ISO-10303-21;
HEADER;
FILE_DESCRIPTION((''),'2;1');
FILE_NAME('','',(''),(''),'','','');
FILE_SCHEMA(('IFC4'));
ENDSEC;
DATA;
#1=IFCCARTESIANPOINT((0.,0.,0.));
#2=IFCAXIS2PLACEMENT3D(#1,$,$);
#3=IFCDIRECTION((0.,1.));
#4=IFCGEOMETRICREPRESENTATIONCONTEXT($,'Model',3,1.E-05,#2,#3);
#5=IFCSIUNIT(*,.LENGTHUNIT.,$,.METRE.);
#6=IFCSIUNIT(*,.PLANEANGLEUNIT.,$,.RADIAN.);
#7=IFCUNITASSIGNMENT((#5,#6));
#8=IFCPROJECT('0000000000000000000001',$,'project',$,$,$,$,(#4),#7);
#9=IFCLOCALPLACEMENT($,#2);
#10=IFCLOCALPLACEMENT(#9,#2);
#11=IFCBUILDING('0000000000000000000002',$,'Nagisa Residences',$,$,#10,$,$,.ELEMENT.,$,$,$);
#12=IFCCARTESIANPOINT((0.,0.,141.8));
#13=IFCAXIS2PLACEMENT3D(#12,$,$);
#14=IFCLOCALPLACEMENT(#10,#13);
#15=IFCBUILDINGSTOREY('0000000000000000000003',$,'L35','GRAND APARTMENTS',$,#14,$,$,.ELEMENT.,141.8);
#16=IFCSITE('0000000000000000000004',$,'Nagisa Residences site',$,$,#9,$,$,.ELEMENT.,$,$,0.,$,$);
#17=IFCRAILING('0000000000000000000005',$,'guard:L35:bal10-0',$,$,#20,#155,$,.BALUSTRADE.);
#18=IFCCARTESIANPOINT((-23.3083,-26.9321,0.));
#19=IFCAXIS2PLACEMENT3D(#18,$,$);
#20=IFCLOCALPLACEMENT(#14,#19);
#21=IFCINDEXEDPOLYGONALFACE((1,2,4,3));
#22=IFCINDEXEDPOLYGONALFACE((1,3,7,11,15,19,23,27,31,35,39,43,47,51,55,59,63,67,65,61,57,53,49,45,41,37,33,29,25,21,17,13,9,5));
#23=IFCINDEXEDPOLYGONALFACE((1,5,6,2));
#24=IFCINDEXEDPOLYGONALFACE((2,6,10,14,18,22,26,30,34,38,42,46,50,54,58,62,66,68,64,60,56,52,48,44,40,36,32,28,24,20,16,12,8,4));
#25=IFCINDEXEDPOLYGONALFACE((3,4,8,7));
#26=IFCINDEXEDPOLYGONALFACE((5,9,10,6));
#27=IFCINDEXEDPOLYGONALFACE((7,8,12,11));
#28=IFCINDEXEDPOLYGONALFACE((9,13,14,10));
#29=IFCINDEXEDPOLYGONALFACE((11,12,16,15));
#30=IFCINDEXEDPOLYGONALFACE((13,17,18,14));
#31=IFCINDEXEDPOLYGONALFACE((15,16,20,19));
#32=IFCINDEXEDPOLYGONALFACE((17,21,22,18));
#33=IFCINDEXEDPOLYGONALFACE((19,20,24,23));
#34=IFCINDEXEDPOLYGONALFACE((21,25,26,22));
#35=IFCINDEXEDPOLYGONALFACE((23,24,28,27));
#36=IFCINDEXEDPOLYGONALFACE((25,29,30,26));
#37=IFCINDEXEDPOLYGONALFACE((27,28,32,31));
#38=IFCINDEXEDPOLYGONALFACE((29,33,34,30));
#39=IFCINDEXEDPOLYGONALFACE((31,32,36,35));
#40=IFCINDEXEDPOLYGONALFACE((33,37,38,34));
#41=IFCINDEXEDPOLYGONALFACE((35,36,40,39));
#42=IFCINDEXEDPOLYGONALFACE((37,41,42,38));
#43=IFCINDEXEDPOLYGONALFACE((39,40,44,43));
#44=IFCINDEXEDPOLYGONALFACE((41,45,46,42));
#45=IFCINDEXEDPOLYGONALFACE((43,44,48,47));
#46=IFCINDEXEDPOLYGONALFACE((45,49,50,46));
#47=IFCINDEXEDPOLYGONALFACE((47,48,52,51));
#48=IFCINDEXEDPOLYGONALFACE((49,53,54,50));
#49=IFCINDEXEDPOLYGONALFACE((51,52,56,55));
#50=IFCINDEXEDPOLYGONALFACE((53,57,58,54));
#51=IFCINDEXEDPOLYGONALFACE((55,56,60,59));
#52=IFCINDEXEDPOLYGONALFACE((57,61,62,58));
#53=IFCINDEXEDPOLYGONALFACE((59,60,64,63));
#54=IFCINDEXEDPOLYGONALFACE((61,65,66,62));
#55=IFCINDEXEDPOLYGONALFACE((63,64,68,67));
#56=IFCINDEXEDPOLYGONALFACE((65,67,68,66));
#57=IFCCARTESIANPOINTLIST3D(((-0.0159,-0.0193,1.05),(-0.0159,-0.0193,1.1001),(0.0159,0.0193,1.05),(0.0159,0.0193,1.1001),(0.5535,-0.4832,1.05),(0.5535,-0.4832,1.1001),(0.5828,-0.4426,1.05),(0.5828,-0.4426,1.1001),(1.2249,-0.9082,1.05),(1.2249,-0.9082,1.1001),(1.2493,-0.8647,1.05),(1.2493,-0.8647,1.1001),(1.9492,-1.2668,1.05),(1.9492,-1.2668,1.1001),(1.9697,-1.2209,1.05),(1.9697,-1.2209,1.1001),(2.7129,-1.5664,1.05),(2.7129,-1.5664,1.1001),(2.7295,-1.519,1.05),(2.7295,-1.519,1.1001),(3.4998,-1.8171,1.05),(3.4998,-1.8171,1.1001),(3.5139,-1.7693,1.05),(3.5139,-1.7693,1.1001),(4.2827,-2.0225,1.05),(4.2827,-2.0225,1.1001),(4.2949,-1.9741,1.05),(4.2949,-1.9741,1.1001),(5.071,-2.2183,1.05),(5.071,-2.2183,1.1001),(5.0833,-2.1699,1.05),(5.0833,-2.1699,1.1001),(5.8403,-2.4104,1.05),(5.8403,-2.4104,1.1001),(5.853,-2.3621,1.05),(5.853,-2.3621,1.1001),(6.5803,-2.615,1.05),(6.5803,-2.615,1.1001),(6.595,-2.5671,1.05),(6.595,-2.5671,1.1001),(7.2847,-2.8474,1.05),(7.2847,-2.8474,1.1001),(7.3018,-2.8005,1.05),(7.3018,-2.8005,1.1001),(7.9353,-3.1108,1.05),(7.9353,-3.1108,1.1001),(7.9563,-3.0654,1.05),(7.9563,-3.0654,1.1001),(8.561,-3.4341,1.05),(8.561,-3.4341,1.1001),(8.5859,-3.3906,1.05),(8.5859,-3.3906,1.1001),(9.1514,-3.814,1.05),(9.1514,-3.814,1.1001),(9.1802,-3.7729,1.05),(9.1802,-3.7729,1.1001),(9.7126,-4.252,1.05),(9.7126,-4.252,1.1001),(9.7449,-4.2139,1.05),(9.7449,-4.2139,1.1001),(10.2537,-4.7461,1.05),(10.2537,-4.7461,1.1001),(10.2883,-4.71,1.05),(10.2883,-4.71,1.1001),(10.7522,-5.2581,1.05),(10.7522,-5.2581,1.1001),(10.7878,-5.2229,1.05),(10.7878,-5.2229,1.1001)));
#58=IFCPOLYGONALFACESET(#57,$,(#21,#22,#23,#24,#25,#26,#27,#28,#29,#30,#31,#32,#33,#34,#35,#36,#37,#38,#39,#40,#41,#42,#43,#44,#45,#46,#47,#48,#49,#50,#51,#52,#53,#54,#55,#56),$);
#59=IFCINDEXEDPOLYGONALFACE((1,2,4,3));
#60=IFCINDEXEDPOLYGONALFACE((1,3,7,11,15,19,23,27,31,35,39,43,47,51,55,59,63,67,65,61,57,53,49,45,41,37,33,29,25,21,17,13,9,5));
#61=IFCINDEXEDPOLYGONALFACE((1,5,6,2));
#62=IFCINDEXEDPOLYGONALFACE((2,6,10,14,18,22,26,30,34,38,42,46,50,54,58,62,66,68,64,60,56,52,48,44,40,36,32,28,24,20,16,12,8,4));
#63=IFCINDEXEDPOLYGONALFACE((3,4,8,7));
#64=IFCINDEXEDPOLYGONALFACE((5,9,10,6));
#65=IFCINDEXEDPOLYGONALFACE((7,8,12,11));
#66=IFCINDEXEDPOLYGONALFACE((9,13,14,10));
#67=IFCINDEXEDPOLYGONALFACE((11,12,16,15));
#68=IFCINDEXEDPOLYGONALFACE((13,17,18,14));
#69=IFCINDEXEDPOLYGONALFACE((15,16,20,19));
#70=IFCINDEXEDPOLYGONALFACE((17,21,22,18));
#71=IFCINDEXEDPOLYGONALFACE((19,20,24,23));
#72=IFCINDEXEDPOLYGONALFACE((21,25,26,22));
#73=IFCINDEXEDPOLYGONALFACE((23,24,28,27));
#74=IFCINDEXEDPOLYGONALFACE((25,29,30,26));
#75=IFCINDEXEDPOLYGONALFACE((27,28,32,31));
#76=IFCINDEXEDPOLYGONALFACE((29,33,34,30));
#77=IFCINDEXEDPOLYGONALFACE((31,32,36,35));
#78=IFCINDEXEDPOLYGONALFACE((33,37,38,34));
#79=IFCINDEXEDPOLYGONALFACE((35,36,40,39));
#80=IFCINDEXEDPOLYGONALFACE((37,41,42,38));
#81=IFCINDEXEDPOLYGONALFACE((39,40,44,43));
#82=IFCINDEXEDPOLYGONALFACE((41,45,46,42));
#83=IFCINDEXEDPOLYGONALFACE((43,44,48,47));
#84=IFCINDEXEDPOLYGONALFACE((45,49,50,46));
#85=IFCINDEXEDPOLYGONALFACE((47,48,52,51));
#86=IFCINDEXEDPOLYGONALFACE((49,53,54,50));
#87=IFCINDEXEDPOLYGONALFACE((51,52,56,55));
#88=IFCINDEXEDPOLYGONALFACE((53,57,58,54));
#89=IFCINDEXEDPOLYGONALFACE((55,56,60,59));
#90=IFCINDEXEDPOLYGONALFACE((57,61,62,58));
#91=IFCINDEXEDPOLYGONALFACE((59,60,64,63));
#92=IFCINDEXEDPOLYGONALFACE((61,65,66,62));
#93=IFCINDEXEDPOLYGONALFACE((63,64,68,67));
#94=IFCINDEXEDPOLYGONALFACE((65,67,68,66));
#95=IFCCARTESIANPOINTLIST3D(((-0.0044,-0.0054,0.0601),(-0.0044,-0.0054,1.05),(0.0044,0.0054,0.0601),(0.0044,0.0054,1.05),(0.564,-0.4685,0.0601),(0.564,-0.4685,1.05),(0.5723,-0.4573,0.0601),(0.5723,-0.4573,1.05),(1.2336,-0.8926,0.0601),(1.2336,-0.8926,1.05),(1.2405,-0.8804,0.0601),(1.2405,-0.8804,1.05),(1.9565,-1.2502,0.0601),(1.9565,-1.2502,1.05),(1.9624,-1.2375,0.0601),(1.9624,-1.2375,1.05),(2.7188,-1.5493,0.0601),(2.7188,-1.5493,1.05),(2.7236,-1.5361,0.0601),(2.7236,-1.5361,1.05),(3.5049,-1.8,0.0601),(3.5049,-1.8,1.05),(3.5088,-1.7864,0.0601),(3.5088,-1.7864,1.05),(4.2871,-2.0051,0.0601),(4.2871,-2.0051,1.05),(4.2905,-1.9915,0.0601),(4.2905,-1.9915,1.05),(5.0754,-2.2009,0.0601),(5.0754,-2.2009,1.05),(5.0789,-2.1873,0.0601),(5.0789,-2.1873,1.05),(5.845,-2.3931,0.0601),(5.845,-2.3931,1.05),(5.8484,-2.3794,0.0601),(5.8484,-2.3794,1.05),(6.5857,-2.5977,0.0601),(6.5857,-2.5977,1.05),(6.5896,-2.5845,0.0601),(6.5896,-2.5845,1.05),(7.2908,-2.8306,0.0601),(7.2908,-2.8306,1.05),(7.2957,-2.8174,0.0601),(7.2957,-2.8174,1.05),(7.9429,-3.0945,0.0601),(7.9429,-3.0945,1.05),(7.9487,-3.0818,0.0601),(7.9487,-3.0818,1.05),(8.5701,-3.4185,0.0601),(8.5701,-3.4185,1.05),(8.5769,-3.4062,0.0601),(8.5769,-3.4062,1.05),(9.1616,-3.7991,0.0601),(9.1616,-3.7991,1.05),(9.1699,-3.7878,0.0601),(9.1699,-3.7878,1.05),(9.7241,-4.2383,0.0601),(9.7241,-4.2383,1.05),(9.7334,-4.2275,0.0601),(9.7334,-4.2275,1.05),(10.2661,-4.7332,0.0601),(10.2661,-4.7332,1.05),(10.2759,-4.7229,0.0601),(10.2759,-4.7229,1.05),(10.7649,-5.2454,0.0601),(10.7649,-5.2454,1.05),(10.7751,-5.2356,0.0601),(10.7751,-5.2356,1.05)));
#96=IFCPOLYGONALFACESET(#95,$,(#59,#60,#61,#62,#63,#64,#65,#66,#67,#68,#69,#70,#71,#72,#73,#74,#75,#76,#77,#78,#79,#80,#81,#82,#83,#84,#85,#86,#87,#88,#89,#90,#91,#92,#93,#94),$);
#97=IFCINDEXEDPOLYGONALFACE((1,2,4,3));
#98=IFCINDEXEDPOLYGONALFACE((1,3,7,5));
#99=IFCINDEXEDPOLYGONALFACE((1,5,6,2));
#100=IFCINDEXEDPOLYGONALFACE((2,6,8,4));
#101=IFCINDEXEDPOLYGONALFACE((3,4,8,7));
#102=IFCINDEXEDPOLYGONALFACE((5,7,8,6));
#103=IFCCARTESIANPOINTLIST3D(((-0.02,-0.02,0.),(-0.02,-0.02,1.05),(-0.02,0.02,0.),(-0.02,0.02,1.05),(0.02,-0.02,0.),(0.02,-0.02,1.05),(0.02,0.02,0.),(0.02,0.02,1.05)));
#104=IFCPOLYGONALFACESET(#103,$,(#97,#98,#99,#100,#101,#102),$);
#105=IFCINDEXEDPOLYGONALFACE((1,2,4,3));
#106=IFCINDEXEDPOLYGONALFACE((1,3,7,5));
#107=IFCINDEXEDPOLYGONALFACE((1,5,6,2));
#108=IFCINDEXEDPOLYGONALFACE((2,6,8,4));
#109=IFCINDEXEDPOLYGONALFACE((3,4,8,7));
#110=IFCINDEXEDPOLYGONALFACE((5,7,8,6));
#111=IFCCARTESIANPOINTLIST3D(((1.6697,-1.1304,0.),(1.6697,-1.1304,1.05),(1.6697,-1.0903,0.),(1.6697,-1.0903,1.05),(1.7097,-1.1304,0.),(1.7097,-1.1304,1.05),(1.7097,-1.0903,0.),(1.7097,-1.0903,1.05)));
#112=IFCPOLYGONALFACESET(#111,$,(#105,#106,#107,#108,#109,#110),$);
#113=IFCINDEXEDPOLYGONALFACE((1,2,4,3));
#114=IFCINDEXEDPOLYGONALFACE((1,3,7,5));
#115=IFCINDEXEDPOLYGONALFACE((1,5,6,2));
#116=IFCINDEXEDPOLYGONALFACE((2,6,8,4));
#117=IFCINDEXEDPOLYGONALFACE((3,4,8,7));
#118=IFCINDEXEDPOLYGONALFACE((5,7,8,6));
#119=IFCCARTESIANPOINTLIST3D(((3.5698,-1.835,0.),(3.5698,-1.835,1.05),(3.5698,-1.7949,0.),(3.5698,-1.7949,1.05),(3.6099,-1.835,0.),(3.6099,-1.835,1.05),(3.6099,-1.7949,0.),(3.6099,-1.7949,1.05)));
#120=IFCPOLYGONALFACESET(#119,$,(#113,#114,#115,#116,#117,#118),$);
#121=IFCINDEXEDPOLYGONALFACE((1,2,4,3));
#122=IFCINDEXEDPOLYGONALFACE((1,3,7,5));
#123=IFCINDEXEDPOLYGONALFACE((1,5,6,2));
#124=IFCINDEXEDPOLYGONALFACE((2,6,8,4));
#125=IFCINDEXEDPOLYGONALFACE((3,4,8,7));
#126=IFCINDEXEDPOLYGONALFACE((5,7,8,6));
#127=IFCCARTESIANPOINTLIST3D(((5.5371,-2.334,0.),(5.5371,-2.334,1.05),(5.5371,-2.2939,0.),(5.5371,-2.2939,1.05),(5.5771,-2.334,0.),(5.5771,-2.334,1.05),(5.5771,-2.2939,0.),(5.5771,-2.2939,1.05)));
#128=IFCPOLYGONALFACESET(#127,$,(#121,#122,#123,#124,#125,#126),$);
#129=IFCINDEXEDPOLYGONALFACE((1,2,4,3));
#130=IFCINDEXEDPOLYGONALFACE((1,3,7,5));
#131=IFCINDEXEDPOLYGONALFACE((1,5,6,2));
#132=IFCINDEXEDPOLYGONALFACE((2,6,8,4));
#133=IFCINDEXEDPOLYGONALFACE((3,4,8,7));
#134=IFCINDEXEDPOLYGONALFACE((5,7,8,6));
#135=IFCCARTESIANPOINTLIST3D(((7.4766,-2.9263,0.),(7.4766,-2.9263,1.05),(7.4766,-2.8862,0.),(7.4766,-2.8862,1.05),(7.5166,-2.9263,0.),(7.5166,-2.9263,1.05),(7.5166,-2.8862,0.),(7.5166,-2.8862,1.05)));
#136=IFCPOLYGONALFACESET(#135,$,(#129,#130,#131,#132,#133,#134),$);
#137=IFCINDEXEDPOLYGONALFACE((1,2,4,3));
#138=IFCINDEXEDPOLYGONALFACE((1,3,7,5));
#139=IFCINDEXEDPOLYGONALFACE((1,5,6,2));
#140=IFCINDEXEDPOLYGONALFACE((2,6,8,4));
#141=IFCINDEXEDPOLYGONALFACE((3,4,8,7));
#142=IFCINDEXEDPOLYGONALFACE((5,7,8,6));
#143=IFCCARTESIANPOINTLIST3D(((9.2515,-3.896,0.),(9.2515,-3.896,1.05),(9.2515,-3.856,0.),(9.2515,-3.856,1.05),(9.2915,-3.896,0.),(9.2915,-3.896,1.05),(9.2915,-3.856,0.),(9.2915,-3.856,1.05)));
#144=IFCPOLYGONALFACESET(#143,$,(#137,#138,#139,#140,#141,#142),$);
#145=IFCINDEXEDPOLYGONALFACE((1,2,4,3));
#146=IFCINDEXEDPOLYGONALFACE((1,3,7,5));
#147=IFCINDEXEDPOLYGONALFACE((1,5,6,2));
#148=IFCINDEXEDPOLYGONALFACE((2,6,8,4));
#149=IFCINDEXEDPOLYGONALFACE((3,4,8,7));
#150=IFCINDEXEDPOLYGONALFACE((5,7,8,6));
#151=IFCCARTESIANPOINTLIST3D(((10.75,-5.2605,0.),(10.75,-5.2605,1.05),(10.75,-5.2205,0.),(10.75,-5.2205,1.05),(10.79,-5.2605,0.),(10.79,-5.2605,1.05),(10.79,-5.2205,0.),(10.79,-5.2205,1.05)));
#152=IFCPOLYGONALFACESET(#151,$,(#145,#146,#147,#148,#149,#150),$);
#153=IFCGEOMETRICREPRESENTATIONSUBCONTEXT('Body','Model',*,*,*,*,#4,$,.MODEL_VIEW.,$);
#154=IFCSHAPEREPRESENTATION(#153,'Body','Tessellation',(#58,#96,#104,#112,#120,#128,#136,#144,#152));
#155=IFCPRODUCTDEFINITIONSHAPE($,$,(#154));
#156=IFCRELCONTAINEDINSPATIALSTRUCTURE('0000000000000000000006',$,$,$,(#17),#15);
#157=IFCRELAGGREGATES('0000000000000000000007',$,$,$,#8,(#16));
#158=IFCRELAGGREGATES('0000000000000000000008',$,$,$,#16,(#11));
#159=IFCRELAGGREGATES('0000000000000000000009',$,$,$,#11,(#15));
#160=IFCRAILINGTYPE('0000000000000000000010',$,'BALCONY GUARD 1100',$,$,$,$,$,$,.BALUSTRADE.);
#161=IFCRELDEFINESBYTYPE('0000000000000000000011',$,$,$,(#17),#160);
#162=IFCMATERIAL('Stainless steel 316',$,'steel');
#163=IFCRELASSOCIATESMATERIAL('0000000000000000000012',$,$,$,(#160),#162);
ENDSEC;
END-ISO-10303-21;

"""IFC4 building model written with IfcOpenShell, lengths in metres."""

from ifc_helpers import new_model, si_unit, direction, frame, origin, origin_2d, place, context, subcontext, project, spatial, polyline, rectangle, outline, extrude, material, type_object, element, save


model = new_model("IFC4")

# Units and contexts
model_context = context("Model", 3, precision=1e-05, world=origin(), true_north=direction((0.0, 1.0)))
body_context = subcontext(model_context, "Body", "Model", "MODEL_VIEW")
ifc_project = project(units=[si_unit("LENGTHUNIT", "METRE"), si_unit("PLANEANGLEUNIT", "RADIAN")], contexts=[model_context])

# Site, building, storey
site_placement = place(None, origin())
site = spatial("IfcSite", under=ifc_project, at=site_placement, Name="Nagisa Residences site", CompositionType="ELEMENT", RefElevation=0.0)
building_placement = place(site_placement, origin())
building = spatial("IfcBuilding", under=site, at=building_placement, Name="Nagisa Residences", CompositionType="ELEMENT")
storey_placement = place(building_placement, frame((0.0, 0.0, 141.8)))
storey = spatial("IfcBuildingStorey", under=building, at=storey_placement, Name="L35", Description="GRAND APARTMENTS", CompositionType="ELEMENT", Elevation=141.8)

# Railing
ifc_material_1 = material(Name="Stainless steel 316", Category="steel")
railing_type = type_object("IfcRailingType", Name="BALCONY GUARD 1100", PredefinedType="BALUSTRADE", material=ifc_material_1)
railing_1_placement = place(storey_placement, frame((-23.3083, -26.9321, 0.0)))
element("IfcRailing", 1, at=railing_1_placement, inside=storey, type_object=railing_type, Name="guard:L35:bal10-0", PredefinedType="BALUSTRADE", context=body_context, shape_type="SweptSolid", body=[
    extrude(outline(polyline([(0.5828, -0.4426), (0.0159, 0.0193), (-0.0159, -0.0193), (0.5535, -0.4832), (1.2249, -0.9082), (1.9492, -1.2668), (2.7129, -1.5664), (3.4998, -1.8171), (4.2827, -2.0225), (5.071, -2.2183), (5.8403, -2.4104), (6.5803, -2.615), (7.2847, -2.8474), (7.9353, -3.1108), (8.561, -3.4341), (9.1514, -3.814), (9.7126, -4.252), (10.2537, -4.7461), (10.7522, -5.2581), (10.7878, -5.2229), (10.2883, -4.71), (9.7449, -4.2139), (9.1802, -3.7729), (8.5859, -3.3906), (7.9563, -3.0654), (7.3018, -2.8005), (6.595, -2.5671), (5.853, -2.3621), (5.0833, -2.1699), (4.2949, -1.9741), (3.5139, -1.7693), (2.7295, -1.519), (1.9697, -1.2209), (1.2493, -0.8647), (0.5828, -0.4426)])), frame((0.0, 0.0, 1.05)), (0.0, 0.0, 1.0), 0.05),
    extrude(outline(polyline([(0.5723, -0.4573), (0.0044, 0.0054), (-0.0044, -0.0054), (0.564, -0.4685), (1.2336, -0.8926), (1.9565, -1.2502), (2.7188, -1.5493), (3.5049, -1.8), (4.2871, -2.0051), (5.0754, -2.2009), (5.845, -2.3931), (6.5857, -2.5977), (7.2908, -2.8306), (7.9429, -3.0945), (8.5701, -3.4185), (9.1616, -3.7991), (9.7241, -4.2383), (10.2661, -4.7332), (10.7649, -5.2454), (10.7751, -5.2356), (10.2759, -4.7229), (9.7334, -4.2275), (9.1699, -3.7878), (8.5769, -3.4062), (7.9487, -3.0818), (7.2957, -2.8174), (6.5896, -2.5845), (5.8484, -2.3794), (5.0789, -2.1873), (4.2905, -1.9915), (3.5088, -1.7864), (2.7236, -1.5361), (1.9624, -1.2375), (1.2405, -0.8804), (0.5723, -0.4573)])), frame((0.0, 0.0, 0.0601)), (0.0, 0.0, 1.0), 0.99),
    extrude(rectangle(XDim=0.04, YDim=0.04, at=origin_2d()), origin(), (0.0, 0.0, 1.0), 1.05),
    extrude(rectangle(XDim=0.04, YDim=0.04, at=origin_2d()), frame((1.6897, -1.1104, 0.0)), (0.0, 0.0, 1.0), 1.05),
    extrude(rectangle(XDim=0.04, YDim=0.04, at=origin_2d()), frame((3.5898, -1.8149, 0.0)), (0.0, 0.0, 1.0), 1.05),
    extrude(rectangle(XDim=0.04, YDim=0.04, at=origin_2d()), frame((5.5571, -2.314, 0.0)), (0.0, 0.0, 1.0), 1.05),
    extrude(rectangle(XDim=0.04, YDim=0.04, at=origin_2d()), frame((7.4966, -2.9062, 0.0)), (0.0, 0.0, 1.0), 1.05),
    extrude(rectangle(XDim=0.04, YDim=0.04, at=origin_2d()), frame((9.2715, -3.876, 0.0)), (0.0, 0.0, 1.0), 1.05),
    extrude(rectangle(XDim=0.04, YDim=0.04, at=origin_2d()), frame((10.77, -5.2405, 0.0)), (0.0, 0.0, 1.0), 1.05),
])

save(model, "model.ifc")
